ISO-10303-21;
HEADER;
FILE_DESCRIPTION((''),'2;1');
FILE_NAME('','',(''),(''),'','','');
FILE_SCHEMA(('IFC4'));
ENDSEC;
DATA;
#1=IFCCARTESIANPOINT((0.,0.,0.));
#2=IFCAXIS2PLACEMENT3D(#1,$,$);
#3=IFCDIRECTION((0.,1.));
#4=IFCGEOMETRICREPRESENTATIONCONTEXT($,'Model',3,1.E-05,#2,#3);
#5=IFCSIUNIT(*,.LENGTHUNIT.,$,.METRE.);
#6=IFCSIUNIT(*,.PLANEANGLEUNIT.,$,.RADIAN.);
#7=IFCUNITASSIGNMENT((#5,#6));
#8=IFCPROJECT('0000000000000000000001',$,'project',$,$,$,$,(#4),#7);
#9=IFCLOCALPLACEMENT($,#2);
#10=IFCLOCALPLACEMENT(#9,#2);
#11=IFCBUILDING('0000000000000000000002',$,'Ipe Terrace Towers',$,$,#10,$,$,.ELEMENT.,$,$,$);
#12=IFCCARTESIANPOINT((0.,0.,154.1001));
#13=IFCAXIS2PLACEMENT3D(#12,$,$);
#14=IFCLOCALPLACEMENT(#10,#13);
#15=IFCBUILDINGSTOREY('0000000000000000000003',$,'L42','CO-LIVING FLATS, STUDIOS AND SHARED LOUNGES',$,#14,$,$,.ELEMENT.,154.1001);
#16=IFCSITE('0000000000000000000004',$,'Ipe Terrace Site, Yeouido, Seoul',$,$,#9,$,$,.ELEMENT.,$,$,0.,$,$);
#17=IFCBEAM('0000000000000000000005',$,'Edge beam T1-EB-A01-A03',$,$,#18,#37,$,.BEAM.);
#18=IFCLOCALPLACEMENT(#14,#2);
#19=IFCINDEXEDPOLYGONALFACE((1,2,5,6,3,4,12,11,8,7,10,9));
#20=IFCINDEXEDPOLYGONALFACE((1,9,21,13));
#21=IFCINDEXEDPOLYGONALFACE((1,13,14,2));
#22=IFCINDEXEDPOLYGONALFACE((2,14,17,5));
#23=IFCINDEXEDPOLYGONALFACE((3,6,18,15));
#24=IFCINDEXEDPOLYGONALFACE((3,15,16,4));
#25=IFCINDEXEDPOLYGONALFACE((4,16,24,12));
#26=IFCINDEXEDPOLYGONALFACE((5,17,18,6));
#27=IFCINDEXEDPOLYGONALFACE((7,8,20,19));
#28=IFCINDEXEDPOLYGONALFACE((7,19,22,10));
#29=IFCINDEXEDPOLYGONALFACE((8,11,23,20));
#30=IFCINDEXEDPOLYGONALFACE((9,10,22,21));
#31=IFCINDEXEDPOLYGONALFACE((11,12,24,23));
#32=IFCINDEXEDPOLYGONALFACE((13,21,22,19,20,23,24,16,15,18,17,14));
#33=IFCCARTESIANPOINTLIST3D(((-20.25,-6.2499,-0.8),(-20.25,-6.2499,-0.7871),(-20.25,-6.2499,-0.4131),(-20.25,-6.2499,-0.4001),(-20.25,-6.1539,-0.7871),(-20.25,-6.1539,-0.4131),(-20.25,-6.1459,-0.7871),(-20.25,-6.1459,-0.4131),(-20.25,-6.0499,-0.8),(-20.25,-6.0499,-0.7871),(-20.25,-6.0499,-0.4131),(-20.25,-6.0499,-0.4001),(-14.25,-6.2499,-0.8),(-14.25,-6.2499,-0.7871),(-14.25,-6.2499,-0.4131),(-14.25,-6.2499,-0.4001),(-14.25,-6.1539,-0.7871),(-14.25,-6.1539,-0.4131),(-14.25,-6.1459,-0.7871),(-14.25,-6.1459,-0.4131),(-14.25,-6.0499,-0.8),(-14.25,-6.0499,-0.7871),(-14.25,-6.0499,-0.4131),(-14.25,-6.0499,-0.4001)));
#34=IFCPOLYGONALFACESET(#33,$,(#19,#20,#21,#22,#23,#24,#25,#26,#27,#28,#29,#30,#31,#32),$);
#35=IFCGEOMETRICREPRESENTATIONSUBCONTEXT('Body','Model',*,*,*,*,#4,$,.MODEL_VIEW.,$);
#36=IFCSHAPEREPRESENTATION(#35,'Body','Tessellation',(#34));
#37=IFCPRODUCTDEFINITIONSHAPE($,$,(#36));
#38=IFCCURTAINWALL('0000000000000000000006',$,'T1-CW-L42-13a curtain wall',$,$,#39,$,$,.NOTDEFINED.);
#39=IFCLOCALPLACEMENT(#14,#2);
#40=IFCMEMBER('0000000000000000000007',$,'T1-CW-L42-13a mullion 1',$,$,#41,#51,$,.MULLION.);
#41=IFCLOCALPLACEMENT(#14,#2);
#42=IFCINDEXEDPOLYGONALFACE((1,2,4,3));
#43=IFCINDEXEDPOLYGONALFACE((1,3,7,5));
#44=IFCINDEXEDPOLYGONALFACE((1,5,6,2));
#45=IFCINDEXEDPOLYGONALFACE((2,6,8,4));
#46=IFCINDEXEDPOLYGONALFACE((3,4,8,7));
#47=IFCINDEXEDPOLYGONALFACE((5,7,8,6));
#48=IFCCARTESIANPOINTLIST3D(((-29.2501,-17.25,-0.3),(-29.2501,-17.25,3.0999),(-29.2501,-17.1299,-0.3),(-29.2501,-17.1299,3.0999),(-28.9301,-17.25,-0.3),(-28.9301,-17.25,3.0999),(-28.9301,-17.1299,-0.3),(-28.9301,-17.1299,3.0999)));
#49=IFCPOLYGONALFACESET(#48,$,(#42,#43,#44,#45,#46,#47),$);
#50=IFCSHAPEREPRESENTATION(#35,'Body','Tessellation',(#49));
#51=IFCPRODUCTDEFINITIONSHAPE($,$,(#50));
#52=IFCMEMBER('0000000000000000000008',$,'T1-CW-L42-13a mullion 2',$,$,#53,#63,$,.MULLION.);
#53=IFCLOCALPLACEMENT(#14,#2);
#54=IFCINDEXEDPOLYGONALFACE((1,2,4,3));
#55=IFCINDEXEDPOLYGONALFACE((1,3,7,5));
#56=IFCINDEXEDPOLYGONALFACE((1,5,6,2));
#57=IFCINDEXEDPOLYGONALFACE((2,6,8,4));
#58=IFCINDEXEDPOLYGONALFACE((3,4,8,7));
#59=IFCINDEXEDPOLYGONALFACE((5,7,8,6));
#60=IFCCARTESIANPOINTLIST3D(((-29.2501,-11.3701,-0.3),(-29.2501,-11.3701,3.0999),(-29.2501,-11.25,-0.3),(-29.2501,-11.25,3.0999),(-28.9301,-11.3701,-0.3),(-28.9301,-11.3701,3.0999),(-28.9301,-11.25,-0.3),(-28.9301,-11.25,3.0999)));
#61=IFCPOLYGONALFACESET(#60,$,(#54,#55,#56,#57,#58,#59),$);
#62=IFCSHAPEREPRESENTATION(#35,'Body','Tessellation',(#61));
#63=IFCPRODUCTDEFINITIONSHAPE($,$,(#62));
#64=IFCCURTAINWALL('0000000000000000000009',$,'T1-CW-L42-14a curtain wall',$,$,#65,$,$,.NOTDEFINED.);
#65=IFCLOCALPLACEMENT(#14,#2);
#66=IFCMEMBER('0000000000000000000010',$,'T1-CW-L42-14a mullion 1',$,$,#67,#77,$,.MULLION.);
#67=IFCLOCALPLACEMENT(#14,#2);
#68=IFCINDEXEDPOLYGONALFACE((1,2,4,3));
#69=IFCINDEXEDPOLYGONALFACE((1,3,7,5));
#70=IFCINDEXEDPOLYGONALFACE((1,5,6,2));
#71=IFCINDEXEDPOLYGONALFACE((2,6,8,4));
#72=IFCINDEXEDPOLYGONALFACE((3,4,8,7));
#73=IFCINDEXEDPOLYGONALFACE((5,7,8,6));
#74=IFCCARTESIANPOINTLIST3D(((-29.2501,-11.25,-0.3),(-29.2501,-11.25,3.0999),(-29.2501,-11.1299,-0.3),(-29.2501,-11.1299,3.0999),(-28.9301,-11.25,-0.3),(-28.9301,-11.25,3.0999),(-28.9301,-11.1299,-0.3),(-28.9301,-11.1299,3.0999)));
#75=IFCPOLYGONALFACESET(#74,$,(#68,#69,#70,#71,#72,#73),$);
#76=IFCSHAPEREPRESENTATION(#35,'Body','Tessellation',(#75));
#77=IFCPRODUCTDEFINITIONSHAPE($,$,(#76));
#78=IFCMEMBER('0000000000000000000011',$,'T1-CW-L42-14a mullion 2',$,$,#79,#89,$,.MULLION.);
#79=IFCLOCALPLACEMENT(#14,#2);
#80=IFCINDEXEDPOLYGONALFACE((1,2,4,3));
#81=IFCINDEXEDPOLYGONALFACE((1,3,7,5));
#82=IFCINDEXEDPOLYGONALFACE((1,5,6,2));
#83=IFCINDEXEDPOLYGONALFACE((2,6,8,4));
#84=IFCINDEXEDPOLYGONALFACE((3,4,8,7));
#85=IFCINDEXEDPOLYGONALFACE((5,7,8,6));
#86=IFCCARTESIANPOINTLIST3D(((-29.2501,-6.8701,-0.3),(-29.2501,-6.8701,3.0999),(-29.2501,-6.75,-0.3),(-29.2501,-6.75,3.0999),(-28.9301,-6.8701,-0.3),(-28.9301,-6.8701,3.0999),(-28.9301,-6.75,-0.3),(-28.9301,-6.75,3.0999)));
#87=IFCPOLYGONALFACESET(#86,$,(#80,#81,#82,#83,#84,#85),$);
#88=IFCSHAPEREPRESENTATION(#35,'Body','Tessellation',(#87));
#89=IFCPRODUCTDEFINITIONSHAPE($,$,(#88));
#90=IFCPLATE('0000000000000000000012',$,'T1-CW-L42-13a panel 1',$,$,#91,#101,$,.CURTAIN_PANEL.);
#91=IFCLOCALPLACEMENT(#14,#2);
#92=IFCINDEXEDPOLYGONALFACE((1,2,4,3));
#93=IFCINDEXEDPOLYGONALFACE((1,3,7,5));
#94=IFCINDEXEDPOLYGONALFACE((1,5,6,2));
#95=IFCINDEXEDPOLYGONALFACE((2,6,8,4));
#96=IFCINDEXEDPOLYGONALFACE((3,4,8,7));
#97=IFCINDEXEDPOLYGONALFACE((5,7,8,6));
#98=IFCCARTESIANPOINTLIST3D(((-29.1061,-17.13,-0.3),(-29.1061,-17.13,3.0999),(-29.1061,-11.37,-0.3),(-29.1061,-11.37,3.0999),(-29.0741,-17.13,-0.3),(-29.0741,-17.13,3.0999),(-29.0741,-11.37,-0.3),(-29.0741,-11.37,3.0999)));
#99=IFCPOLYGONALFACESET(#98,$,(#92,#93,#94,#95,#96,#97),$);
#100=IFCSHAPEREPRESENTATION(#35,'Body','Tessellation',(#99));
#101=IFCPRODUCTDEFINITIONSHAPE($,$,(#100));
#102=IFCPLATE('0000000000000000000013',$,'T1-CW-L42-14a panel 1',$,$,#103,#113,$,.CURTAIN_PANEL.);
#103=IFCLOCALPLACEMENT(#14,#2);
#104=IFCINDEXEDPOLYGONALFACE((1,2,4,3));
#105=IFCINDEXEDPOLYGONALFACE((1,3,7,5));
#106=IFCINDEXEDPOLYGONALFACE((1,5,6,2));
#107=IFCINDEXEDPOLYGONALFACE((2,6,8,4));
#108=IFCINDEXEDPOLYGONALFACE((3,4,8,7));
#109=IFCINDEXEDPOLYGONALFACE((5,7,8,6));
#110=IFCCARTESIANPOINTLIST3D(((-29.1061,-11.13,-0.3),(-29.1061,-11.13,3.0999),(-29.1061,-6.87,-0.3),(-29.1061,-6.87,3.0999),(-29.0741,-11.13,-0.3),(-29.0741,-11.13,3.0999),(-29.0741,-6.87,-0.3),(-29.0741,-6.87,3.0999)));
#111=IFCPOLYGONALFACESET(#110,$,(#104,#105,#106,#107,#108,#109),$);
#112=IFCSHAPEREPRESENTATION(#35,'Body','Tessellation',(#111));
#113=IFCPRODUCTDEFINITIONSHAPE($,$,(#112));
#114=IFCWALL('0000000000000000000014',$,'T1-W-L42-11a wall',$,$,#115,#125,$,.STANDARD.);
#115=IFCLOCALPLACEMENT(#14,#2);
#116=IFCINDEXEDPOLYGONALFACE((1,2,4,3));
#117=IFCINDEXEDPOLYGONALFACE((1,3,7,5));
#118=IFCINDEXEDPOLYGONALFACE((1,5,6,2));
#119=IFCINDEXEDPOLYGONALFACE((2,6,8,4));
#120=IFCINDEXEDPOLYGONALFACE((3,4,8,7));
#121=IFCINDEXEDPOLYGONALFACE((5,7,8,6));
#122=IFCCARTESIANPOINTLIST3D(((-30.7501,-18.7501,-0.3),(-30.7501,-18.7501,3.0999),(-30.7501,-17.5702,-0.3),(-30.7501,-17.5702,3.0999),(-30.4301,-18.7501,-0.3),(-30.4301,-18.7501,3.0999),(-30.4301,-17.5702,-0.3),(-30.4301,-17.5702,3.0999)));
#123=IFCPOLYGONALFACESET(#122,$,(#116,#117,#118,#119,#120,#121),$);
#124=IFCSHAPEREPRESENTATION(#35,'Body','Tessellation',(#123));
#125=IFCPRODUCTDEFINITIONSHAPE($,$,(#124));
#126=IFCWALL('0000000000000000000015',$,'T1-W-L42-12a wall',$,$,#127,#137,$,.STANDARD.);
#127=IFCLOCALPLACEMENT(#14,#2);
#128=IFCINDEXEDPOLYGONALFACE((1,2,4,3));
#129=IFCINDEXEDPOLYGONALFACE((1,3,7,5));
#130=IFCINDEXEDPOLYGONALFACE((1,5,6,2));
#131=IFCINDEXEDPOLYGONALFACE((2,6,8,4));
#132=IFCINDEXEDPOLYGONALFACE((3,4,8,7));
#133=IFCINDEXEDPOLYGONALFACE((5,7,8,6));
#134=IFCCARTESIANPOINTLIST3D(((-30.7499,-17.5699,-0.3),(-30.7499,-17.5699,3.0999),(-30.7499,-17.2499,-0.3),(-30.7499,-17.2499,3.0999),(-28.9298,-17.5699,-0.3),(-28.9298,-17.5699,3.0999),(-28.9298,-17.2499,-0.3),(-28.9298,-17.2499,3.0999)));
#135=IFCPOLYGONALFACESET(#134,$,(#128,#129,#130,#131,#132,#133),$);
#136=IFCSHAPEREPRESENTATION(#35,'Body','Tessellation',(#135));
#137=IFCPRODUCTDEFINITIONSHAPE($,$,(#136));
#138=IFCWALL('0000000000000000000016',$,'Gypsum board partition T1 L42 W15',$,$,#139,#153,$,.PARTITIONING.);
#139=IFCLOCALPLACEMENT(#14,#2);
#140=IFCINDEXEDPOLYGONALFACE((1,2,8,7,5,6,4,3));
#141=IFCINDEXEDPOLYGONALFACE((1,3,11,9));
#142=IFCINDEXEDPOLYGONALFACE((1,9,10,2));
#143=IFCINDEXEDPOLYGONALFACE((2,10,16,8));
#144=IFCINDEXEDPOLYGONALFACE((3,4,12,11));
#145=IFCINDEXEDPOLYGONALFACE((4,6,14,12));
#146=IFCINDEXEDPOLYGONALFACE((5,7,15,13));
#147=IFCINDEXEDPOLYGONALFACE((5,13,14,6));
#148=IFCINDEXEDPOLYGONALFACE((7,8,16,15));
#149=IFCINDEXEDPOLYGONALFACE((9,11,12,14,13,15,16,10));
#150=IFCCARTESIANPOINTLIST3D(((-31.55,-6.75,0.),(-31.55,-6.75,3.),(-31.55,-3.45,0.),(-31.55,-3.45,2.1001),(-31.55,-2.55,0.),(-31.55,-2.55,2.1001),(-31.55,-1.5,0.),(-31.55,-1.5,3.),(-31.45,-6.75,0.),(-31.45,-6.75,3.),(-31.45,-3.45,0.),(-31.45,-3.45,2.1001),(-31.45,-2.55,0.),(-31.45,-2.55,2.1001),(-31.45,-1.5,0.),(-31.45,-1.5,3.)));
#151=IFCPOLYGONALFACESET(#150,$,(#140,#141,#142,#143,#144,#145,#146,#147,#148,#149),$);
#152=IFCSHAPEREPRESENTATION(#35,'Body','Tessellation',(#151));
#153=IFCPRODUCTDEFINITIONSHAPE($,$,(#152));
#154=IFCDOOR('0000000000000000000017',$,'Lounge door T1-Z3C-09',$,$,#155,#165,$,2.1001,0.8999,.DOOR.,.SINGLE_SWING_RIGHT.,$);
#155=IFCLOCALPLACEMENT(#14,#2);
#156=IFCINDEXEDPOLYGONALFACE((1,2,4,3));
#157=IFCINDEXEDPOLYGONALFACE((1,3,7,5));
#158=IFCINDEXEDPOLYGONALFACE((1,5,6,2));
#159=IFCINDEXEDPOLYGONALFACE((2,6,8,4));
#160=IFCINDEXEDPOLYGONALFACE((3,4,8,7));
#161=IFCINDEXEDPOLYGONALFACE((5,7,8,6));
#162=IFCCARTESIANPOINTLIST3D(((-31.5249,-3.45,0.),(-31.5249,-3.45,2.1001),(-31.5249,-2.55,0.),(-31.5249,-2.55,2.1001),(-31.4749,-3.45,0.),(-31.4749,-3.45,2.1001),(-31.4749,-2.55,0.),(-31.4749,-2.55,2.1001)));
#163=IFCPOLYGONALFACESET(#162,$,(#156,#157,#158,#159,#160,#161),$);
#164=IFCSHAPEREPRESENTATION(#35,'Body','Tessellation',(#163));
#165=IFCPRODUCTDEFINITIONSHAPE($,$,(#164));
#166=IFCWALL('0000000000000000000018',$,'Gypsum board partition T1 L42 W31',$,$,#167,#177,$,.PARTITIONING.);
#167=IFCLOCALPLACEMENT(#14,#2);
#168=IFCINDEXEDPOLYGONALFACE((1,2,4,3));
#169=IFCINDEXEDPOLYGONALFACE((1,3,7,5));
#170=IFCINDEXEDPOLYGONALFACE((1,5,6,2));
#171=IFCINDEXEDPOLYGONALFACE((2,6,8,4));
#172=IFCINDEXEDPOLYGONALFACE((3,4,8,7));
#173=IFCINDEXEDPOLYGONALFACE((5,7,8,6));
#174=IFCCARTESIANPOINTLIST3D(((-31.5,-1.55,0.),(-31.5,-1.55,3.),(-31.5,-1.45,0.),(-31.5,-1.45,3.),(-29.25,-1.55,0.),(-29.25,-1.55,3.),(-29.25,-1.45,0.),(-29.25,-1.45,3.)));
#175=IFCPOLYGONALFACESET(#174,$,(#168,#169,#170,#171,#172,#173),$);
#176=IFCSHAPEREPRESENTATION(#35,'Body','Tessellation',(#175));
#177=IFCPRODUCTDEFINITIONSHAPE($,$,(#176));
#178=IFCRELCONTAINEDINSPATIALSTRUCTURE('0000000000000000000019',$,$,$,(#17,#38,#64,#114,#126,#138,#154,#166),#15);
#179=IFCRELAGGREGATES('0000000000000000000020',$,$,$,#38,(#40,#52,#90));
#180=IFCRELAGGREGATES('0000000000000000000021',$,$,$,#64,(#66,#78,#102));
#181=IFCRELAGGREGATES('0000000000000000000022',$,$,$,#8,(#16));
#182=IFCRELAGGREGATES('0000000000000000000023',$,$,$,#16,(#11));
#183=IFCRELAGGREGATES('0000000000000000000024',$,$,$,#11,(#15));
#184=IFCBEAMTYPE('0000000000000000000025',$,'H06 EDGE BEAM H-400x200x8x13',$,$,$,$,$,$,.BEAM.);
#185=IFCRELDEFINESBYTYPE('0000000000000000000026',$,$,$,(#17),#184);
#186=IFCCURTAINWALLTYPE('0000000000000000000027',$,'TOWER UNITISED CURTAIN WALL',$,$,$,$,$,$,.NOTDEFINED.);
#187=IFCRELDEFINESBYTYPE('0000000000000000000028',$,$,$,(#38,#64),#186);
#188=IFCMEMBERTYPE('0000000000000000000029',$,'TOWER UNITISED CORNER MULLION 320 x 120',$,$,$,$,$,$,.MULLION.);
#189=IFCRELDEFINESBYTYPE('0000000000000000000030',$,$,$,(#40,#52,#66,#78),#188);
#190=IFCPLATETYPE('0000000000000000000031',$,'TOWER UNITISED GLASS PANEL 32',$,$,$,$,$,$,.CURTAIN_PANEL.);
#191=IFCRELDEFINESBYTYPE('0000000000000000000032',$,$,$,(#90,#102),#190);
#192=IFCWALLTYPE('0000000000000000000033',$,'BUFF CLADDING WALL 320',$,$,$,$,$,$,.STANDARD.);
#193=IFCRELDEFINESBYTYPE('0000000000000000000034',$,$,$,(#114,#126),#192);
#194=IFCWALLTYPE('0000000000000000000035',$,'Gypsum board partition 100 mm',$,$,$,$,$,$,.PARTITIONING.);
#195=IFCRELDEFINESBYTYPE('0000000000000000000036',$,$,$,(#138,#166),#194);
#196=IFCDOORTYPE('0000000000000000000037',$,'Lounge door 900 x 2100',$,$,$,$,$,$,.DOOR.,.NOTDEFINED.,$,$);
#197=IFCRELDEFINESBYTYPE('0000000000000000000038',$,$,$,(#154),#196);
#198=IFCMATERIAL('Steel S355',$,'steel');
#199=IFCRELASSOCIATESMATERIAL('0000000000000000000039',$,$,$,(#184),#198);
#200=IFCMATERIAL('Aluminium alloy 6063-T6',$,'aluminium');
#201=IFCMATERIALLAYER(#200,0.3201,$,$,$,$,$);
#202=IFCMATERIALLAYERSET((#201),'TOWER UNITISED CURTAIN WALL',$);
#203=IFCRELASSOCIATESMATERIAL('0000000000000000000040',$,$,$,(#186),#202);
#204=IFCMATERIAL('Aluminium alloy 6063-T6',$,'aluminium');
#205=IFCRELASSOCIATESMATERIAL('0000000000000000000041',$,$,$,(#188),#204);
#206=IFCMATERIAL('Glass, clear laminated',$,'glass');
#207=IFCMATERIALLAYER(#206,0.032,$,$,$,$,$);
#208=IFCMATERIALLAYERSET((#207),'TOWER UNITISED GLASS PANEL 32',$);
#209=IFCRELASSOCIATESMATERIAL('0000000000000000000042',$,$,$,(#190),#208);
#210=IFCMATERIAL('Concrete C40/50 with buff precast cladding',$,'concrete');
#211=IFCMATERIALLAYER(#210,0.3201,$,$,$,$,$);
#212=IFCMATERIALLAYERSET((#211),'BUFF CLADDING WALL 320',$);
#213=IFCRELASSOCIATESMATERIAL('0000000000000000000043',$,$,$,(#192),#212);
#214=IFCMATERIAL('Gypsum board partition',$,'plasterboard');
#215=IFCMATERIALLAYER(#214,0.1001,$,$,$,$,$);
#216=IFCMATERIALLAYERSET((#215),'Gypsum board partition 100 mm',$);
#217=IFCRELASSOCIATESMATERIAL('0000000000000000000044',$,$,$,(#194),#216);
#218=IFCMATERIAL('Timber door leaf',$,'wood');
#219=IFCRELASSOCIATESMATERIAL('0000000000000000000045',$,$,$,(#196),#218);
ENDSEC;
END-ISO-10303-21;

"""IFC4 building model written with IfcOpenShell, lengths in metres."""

from ifc_helpers import new_model, si_unit, direction, frame, frame_2d, origin, origin_2d, place, context, subcontext, project, spatial, rectangle, i_section, extrude, material, layer, layer_set, material_profile, profile_set, type_object, element, fill, aggregate, save


model = new_model("IFC4")

# Units and contexts
model_context = context("Model", 3, precision=1e-05, world=origin(), true_north=direction((0.0, 1.0)))
body_context = subcontext(model_context, "Body", "Model", "MODEL_VIEW")
ifc_project = project(units=[si_unit("LENGTHUNIT", "METRE"), si_unit("PLANEANGLEUNIT", "RADIAN")], contexts=[model_context])

# Site, building, storey
site_placement = place(None, origin())
site = spatial("IfcSite", under=ifc_project, at=site_placement, Name="Ipe Terrace Site, Yeouido, Seoul", CompositionType="ELEMENT", RefElevation=0.0)
building_placement = place(site_placement, origin())
building = spatial("IfcBuilding", under=site, at=building_placement, Name="Ipe Terrace Towers", CompositionType="ELEMENT")
storey_placement = place(building_placement, frame((0.0, 0.0, 154.1001)))
storey = spatial("IfcBuildingStorey", under=building, at=storey_placement, Name="L42", Description="CO-LIVING FLATS, STUDIOS AND SHARED LOUNGES", CompositionType="ELEMENT", Elevation=154.1001)

# Beam
ifc_material_1 = material(Name="Steel S355", Category="steel")
ifc_material_profile_1 = material_profile(ifc_material_1, i_section(OverallWidth=0.2, OverallDepth=0.3999, WebThickness=0.0081, FlangeThickness=0.0129, at=origin_2d()), Name="H-400x200x8x13")
ifc_profile_set_1 = profile_set([ifc_material_profile_1], Name="Steel S355")
beam_type_1 = type_object("IfcBeamType", Name="H06 EDGE BEAM H-400x200x8x13", PredefinedType="BEAM", material=ifc_profile_set_1)
beam_1_placement = place(storey_placement, frame((-20.25, -6.1499, -0.6001), z_axis=(1.0, 0.0, 0.0), x_axis=(0.0, 1.0, 0.0)))
element("IfcBeam", 1, at=beam_1_placement, inside=storey, type_object=beam_type_1, Name="Edge beam T1-EB-A01-A03", PredefinedType="BEAM", context=body_context, shape_type="SweptSolid", body=[
    extrude(i_section(OverallWidth=0.2, OverallDepth=0.3999, WebThickness=0.0081, FlangeThickness=0.0129, at=origin_2d()), origin(), (0.0, 0.0, 1.0), 6.0),
])

# Curtain walls, members
ifc_material_2 = material(Name="Aluminium alloy 6063-T6", Category="aluminium")
ifc_layer_1 = layer(ifc_material_2, 0.3201)
ifc_layer_set_1 = layer_set([ifc_layer_1], Name="TOWER UNITISED CURTAIN WALL")
curtain_wall_type = type_object("IfcCurtainWallType", Name="TOWER UNITISED CURTAIN WALL", PredefinedType="NOTDEFINED", material=ifc_layer_set_1)
curtain_wall_1_placement = place(storey_placement, origin())
curtain_wall_1 = element("IfcCurtainWall", 2, at=curtain_wall_1_placement, inside=storey, type_object=curtain_wall_type, Name="T1-CW-L42-13a curtain wall", PredefinedType="NOTDEFINED")
ifc_material_3 = material(Name="Aluminium alloy 6063-T6", Category="aluminium")
ifc_material_profile_2 = material_profile(ifc_material_3, rectangle(XDim=0.3201, YDim=0.1201, at=origin_2d()), Name="TOWER UNITISED CORNER MULLION 320 x 120")
ifc_profile_set_2 = profile_set([ifc_material_profile_2], Name="Aluminium alloy 6063-T6")
member_type = type_object("IfcMemberType", Name="TOWER UNITISED CORNER MULLION 320 x 120", PredefinedType="MULLION", material=ifc_profile_set_2)
member_1_placement = place(storey_placement, frame((-29.0901, -17.1899, -0.3), z_axis=(0.0, 0.0, 1.0), x_axis=(1.0, 0.0, 0.0)))
member_1 = element("IfcMember", 3, at=member_1_placement, type_object=member_type, Name="T1-CW-L42-13a mullion 1", PredefinedType="MULLION", context=body_context, shape_type="SweptSolid", body=[
    extrude(rectangle(XDim=0.3201, YDim=0.1201, at=origin_2d()), origin(), (0.0, 0.0, 1.0), 3.3999),
])
member_2_placement = place(storey_placement, frame((-29.0901, -11.3101, -0.3), z_axis=(0.0, 0.0, 1.0), x_axis=(1.0, 0.0, 0.0)))
member_2 = element("IfcMember", 4, at=member_2_placement, type_object=member_type, Name="T1-CW-L42-13a mullion 2", PredefinedType="MULLION", context=body_context, shape_type="SweptSolid", body=[
    extrude(rectangle(XDim=0.3201, YDim=0.1201, at=origin_2d()), origin(), (0.0, 0.0, 1.0), 3.3999),
])
curtain_wall_2_placement = place(storey_placement, origin())
curtain_wall_2 = element("IfcCurtainWall", 5, at=curtain_wall_2_placement, inside=storey, type_object=curtain_wall_type, Name="T1-CW-L42-14a curtain wall", PredefinedType="NOTDEFINED")
member_3_placement = place(storey_placement, frame((-29.0901, -11.1899, -0.3), z_axis=(0.0, 0.0, 1.0), x_axis=(1.0, 0.0, 0.0)))
member_3 = element("IfcMember", 6, at=member_3_placement, type_object=member_type, Name="T1-CW-L42-14a mullion 1", PredefinedType="MULLION", context=body_context, shape_type="SweptSolid", body=[
    extrude(rectangle(XDim=0.3201, YDim=0.1201, at=origin_2d()), origin(), (0.0, 0.0, 1.0), 3.3999),
])
member_4_placement = place(storey_placement, frame((-29.0901, -6.8101, -0.3), z_axis=(0.0, 0.0, 1.0), x_axis=(1.0, 0.0, 0.0)))
member_4 = element("IfcMember", 7, at=member_4_placement, type_object=member_type, Name="T1-CW-L42-14a mullion 2", PredefinedType="MULLION", context=body_context, shape_type="SweptSolid", body=[
    extrude(rectangle(XDim=0.3201, YDim=0.1201, at=origin_2d()), origin(), (0.0, 0.0, 1.0), 3.3999),
])

# Plates
ifc_material_4 = material(Name="Glass, clear laminated", Category="glass")
ifc_layer_2 = layer(ifc_material_4, 0.032)
ifc_layer_set_2 = layer_set([ifc_layer_2], Name="TOWER UNITISED GLASS PANEL 32")
plate_type = type_object("IfcPlateType", Name="TOWER UNITISED GLASS PANEL 32", PredefinedType="CURTAIN_PANEL", material=ifc_layer_set_2)
plate_1_placement = place(storey_placement, frame((-29.0901, -14.25, -0.3), z_axis=(0.0, 0.0, 1.0), x_axis=(0.0, 1.0, 0.0)))
plate_1 = element("IfcPlate", 8, at=plate_1_placement, type_object=plate_type, Name="T1-CW-L42-13a panel 1", PredefinedType="CURTAIN_PANEL", context=body_context, shape_type="SweptSolid", body=[
    extrude(rectangle(XDim=5.76, YDim=0.032, at=origin_2d()), origin(), (0.0, 0.0, 1.0), 3.3999),
])
aggregate(curtain_wall_1, [member_1, member_2, plate_1])
plate_2_placement = place(storey_placement, frame((-29.0901, -9.0, -0.3), z_axis=(0.0, 0.0, 1.0), x_axis=(0.0, 1.0, 0.0)))
plate_2 = element("IfcPlate", 9, at=plate_2_placement, type_object=plate_type, Name="T1-CW-L42-14a panel 1", PredefinedType="CURTAIN_PANEL", context=body_context, shape_type="SweptSolid", body=[
    extrude(rectangle(XDim=4.26, YDim=0.032, at=origin_2d()), origin(), (0.0, 0.0, 1.0), 3.3999),
])
aggregate(curtain_wall_2, [member_3, member_4, plate_2])

# Walls
ifc_material_5 = material(Name="Concrete C40/50 with buff precast cladding", Category="concrete")
ifc_layer_3 = layer(ifc_material_5, 0.3201)
ifc_layer_set_3 = layer_set([ifc_layer_3], Name="BUFF CLADDING WALL 320")
wall_type_1 = type_object("IfcWallType", Name="BUFF CLADDING WALL 320", PredefinedType="STANDARD", material=ifc_layer_set_3)
wall_1_placement = place(storey_placement, frame((-30.5901, -18.75, -0.3), z_axis=(0.0, 0.0, 1.0), x_axis=(0.0, 1.0, 0.0)))
element("IfcWall", 10, at=wall_1_placement, inside=storey, type_object=wall_type_1, Name="T1-W-L42-11a wall", PredefinedType="STANDARD", context=body_context, shape_type="SweptSolid", body=[
    extrude(rectangle(XDim=1.1799, YDim=0.3201, at=frame_2d((0.5898, 0.0))), origin(), (0.0, 0.0, 1.0), 3.3999),
])
wall_2_placement = place(storey_placement, frame((-30.75, -17.4099, -0.3), z_axis=(0.0, 0.0, 1.0), x_axis=(1.0, 0.0, 0.0)))
element("IfcWall", 11, at=wall_2_placement, inside=storey, type_object=wall_type_1, Name="T1-W-L42-12a wall", PredefinedType="STANDARD", context=body_context, shape_type="SweptSolid", body=[
    extrude(rectangle(XDim=1.8201, YDim=0.3201, at=frame_2d((0.9102, 0.0))), origin(), (0.0, 0.0, 1.0), 3.3999),
])

# Wall, opening, door
ifc_material_6 = material(Name="Gypsum board partition", Category="plasterboard")
ifc_layer_4 = layer(ifc_material_6, 0.1001)
ifc_layer_set_4 = layer_set([ifc_layer_4], Name="Gypsum board partition 100 mm")
wall_type_2 = type_object("IfcWallType", Name="Gypsum board partition 100 mm", PredefinedType="PARTITIONING", material=ifc_layer_set_4)
wall_3_placement = place(storey_placement, frame((-31.5, -6.75, 0.0), z_axis=(0.0, 0.0, 1.0), x_axis=(0.0, 1.0, 0.0)))
wall_3 = element("IfcWall", 12, at=wall_3_placement, inside=storey, type_object=wall_type_2, Name="Gypsum board partition T1 L42 W15", PredefinedType="PARTITIONING", context=body_context, shape_type="SweptSolid", body=[
    extrude(rectangle(XDim=5.25, YDim=0.1001, at=frame_2d((2.625, 0.0))), origin(), (0.0, 0.0, 1.0), 3.0),
])
opening_1_placement = place(wall_3_placement, frame((3.3, 0.0, 0.0)))
opening_1 = element("IfcOpeningElement", 13, at=opening_1_placement, cuts=wall_3, PredefinedType="OPENING", context=body_context, shape_type="SweptSolid", body=[
    extrude(rectangle(XDim=0.8999, YDim=2.1001, at=frame_2d((0.45, 1.05))), frame((0.0, 0.0601, 0.0), z_axis=(0.0, -1.0, 0.0), x_axis=(1.0, 0.0, 0.0)), (0.0, 0.0, 1.0), 0.1201),
])
ifc_material_7 = material(Name="Timber door leaf", Category="wood")
door_type_1 = type_object("IfcDoorType", Name="Lounge door 900 x 2100", OperationType="NOTDEFINED", PredefinedType="DOOR", material=ifc_material_7)
door_1_placement = place(opening_1_placement, origin())
door_1 = element("IfcDoor", 14, at=door_1_placement, inside=storey, type_object=door_type_1, Name="Lounge door T1-Z3C-09", OperationType="SINGLE_SWING_RIGHT", OverallHeight=2.1001, OverallWidth=0.8999, PredefinedType="DOOR", context=body_context, shape_type="SweptSolid", body=[
    extrude(rectangle(XDim=0.8999, YDim=2.1001, at=frame_2d((0.45, 1.05))), frame((0.0, 0.0249, 0.0), z_axis=(0.0, -1.0, 0.0), x_axis=(1.0, 0.0, 0.0)), (0.0, 0.0, 1.0), 0.05),
])
fill(opening_1, door_1)

# Wall
wall_4_placement = place(storey_placement, frame((-31.5, -1.5, 0.0), z_axis=(0.0, 0.0, 1.0), x_axis=(1.0, 0.0, 0.0)))
element("IfcWall", 15, at=wall_4_placement, inside=storey, type_object=wall_type_2, Name="Gypsum board partition T1 L42 W31", PredefinedType="PARTITIONING", context=body_context, shape_type="SweptSolid", body=[
    extrude(rectangle(XDim=2.25, YDim=0.1001, at=frame_2d((1.125, 0.0))), origin(), (0.0, 0.0, 1.0), 3.0),
])

save(model, "model.ifc")
